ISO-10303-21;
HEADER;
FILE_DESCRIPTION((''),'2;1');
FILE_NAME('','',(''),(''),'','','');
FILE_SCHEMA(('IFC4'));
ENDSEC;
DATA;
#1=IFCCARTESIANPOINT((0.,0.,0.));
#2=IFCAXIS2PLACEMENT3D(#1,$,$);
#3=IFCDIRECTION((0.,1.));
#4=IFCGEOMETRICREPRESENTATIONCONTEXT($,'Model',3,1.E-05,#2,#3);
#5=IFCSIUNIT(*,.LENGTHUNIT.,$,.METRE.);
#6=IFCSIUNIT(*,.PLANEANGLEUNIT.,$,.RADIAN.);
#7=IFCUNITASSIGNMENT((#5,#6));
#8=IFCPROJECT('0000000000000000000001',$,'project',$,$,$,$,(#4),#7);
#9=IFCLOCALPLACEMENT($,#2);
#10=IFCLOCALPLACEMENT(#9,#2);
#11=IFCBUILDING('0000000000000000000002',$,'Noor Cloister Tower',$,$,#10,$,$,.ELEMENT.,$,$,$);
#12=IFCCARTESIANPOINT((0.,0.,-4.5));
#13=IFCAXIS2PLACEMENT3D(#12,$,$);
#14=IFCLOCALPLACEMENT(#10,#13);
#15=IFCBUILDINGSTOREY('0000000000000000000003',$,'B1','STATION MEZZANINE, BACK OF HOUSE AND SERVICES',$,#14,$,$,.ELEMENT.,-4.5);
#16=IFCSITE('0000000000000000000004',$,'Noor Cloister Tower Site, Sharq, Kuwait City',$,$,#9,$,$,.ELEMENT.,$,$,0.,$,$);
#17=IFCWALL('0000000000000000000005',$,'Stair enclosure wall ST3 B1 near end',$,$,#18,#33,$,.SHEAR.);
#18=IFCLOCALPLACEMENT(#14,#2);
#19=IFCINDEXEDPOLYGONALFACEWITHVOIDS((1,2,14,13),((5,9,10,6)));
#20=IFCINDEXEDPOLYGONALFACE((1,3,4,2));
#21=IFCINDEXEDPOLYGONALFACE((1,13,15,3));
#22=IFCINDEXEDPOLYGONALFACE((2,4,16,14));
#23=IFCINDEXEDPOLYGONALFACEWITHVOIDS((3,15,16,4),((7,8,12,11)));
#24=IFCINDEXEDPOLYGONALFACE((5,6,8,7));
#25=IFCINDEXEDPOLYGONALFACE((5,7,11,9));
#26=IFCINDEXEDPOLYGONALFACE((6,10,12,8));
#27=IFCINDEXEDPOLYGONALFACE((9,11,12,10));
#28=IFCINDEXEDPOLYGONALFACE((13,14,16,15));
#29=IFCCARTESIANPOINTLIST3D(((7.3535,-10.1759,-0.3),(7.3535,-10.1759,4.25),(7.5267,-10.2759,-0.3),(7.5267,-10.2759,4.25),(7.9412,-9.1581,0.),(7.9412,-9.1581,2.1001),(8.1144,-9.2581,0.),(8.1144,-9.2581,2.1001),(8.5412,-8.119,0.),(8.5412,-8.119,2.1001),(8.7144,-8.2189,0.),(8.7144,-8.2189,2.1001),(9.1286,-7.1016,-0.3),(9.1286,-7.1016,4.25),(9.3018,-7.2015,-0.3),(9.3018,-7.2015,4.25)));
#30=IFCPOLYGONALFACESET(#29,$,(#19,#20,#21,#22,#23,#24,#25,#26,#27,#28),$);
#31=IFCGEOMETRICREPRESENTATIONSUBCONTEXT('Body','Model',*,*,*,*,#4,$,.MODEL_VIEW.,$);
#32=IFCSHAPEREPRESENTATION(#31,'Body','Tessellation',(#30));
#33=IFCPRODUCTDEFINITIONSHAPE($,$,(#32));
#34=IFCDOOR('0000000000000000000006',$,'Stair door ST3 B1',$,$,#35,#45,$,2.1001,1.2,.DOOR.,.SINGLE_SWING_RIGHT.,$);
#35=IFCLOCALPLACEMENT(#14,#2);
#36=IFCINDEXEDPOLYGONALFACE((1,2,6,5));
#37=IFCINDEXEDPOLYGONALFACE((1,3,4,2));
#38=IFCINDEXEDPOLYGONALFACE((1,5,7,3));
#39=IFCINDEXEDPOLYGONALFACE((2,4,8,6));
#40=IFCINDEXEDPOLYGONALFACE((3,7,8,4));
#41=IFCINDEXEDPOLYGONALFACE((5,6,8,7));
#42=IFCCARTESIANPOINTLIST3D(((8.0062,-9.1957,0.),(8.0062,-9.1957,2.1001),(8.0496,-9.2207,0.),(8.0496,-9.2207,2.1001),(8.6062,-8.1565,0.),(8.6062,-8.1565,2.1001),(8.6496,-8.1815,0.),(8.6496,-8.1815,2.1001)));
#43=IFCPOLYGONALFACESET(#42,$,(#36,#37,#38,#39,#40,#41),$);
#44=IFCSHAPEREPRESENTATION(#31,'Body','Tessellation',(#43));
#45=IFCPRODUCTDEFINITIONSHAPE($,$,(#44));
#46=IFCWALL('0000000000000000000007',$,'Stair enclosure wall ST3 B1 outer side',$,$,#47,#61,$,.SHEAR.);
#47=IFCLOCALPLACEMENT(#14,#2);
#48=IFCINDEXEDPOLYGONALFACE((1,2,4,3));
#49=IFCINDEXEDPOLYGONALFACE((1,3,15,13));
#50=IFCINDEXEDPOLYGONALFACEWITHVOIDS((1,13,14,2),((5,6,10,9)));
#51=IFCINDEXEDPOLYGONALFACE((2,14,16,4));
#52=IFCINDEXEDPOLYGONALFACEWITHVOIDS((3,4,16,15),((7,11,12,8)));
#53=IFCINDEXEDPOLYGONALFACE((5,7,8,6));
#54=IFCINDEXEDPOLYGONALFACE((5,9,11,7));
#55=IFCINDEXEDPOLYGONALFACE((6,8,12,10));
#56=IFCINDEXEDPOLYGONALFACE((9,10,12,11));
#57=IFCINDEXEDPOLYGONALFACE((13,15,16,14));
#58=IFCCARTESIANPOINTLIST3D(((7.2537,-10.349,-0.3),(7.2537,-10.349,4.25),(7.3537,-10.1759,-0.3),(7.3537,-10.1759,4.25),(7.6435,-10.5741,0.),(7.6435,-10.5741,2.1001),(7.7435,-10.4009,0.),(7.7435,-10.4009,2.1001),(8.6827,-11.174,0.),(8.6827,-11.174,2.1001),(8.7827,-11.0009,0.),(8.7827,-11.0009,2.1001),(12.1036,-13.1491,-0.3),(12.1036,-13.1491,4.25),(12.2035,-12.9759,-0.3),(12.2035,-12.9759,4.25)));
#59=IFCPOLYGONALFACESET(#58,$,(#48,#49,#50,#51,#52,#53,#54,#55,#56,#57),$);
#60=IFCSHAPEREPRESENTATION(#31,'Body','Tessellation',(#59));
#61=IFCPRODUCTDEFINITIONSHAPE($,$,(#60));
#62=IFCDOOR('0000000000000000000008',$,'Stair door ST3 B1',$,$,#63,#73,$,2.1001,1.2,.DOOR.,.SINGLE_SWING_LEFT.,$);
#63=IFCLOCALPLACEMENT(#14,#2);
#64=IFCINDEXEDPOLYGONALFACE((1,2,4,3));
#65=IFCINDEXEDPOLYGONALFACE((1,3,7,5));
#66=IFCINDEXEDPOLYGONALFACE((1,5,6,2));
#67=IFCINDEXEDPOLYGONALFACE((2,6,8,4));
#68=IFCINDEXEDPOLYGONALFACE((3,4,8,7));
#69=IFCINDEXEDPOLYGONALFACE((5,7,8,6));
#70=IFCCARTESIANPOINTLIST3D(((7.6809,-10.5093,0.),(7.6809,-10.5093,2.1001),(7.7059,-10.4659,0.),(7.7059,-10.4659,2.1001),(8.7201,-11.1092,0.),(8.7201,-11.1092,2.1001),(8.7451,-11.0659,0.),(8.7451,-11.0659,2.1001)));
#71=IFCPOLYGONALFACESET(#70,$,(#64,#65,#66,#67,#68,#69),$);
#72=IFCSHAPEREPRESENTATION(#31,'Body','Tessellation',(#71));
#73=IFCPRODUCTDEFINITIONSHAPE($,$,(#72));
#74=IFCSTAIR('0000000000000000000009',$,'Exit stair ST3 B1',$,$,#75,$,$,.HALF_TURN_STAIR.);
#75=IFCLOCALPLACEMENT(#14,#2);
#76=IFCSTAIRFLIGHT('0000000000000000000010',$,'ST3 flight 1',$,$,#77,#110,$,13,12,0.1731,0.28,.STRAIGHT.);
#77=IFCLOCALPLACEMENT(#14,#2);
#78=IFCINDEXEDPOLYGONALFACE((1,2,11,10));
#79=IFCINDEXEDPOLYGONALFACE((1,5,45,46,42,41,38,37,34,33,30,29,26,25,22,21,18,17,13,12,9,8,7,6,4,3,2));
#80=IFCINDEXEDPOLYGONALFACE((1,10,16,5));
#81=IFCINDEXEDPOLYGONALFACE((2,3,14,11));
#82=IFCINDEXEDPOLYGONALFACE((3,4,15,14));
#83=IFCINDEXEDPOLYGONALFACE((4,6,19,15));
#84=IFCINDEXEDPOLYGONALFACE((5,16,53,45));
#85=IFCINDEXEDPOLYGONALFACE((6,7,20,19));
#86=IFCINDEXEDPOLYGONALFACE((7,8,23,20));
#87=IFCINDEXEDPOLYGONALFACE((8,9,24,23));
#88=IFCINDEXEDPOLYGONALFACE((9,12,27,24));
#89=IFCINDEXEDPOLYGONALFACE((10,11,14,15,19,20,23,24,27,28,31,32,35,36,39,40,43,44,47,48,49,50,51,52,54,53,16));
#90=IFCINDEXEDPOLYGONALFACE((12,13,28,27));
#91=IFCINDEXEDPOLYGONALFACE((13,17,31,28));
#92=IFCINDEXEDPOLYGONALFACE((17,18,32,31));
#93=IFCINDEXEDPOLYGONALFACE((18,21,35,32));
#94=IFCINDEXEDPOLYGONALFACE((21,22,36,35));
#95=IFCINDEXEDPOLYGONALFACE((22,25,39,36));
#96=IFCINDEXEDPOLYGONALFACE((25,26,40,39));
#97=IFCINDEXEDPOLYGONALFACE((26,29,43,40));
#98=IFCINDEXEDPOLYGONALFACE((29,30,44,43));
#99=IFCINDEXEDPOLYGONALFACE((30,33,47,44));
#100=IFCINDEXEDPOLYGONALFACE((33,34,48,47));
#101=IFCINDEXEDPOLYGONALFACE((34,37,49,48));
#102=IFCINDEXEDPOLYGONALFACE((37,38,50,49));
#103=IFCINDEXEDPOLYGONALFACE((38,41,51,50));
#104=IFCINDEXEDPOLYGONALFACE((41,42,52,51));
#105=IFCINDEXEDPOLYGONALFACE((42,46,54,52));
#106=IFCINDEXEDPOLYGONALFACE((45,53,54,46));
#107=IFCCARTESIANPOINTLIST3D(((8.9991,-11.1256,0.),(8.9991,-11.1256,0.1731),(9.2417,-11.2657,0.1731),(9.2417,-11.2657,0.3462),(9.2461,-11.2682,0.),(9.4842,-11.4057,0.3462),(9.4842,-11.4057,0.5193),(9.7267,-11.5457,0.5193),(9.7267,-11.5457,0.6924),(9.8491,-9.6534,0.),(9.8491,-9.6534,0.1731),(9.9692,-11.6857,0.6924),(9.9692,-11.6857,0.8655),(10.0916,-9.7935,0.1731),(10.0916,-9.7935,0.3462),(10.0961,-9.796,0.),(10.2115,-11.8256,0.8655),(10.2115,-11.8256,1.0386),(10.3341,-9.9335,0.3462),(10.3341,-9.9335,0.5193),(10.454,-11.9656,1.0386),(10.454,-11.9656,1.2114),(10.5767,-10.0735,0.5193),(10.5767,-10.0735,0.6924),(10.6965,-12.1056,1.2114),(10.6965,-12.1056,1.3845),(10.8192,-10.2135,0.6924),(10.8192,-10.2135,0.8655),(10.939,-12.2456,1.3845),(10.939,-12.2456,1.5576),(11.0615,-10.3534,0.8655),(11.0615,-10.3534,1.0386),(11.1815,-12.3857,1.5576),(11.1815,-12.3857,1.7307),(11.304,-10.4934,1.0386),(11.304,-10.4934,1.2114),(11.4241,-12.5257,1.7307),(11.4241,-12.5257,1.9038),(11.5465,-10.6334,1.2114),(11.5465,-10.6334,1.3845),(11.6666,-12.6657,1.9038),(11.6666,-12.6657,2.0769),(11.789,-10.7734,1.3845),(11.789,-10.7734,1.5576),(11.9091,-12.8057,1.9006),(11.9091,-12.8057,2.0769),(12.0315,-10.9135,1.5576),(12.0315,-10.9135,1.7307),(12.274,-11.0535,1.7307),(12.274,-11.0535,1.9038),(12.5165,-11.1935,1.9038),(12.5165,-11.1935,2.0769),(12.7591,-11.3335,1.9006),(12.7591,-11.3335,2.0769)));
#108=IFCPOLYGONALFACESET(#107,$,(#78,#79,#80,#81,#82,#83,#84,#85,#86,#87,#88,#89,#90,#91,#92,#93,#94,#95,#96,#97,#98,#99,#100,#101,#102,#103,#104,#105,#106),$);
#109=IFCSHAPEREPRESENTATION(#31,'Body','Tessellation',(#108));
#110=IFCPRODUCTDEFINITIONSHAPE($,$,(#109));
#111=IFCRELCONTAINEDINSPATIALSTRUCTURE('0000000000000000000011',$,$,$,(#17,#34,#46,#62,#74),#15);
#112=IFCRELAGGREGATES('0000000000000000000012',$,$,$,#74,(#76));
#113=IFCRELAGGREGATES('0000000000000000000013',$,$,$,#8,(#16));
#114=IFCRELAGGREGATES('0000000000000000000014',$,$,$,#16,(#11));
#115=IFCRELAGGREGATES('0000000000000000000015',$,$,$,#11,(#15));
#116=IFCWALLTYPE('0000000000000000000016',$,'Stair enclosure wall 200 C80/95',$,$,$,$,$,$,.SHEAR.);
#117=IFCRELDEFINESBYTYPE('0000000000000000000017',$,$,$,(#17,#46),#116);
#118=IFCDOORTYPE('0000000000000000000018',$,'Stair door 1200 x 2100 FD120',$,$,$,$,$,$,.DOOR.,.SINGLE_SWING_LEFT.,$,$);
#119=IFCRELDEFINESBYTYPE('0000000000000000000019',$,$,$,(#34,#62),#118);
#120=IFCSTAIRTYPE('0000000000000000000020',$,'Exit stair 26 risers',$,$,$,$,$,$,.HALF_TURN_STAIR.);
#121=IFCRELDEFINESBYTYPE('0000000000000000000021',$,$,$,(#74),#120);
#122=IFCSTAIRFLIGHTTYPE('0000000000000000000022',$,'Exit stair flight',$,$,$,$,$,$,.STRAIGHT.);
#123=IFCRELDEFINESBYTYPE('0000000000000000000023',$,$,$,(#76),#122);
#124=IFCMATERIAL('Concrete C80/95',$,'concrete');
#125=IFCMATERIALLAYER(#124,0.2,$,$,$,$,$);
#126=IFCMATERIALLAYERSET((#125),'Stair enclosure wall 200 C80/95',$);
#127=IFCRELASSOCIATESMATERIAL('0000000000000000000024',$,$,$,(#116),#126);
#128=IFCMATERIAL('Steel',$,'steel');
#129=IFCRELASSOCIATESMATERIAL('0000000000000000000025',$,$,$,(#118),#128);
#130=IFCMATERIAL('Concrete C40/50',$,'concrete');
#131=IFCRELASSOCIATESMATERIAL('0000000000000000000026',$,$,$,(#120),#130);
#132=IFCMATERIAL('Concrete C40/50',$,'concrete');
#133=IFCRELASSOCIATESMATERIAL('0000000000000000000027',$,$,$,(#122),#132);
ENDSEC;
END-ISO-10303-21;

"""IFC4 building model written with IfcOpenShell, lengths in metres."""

from ifc_helpers import new_model, si_unit, direction, frame, frame_2d, origin, place, context, subcontext, project, spatial, polyline, rectangle, outline, extrude, material, layer, layer_set, type_object, element, fill, aggregate, save


model = new_model("IFC4")

# Units and contexts
model_context = context("Model", 3, precision=1e-05, world=origin(), true_north=direction((0.0, 1.0)))
body_context = subcontext(model_context, "Body", "Model", "MODEL_VIEW")
ifc_project = project(units=[si_unit("LENGTHUNIT", "METRE"), si_unit("PLANEANGLEUNIT", "RADIAN")], contexts=[model_context])

# Site, building, storey
site_placement = place(None, origin())
site = spatial("IfcSite", under=ifc_project, at=site_placement, Name="Noor Cloister Tower Site, Sharq, Kuwait City", CompositionType="ELEMENT", RefElevation=0.0)
building_placement = place(site_placement, origin())
building = spatial("IfcBuilding", under=site, at=building_placement, Name="Noor Cloister Tower", CompositionType="ELEMENT")
storey_placement = place(building_placement, frame((0.0, 0.0, -4.5)))
storey = spatial("IfcBuildingStorey", under=building, at=storey_placement, Name="B1", Description="STATION MEZZANINE, BACK OF HOUSE AND SERVICES", CompositionType="ELEMENT", Elevation=-4.5)

# Walls, openings, doors
ifc_material_1 = material(Name="Concrete C80/95", Category="concrete")
ifc_layer_1 = layer(ifc_material_1, 0.2)
ifc_layer_set_1 = layer_set([ifc_layer_1], Name="Stair enclosure wall 200 C80/95")
wall_type_1 = type_object("IfcWallType", Name="Stair enclosure wall 200 C80/95", PredefinedType="SHEAR", material=ifc_layer_set_1)
wall_1_placement = place(storey_placement, frame((7.4402, -10.2258, -0.3), z_axis=(0.0, 0.0, 1.0), x_axis=(0.500022, 0.866013, 0.0)))
wall_1 = element("IfcWall", 1, at=wall_1_placement, inside=storey, type_object=wall_type_1, Name="Stair enclosure wall ST3 B1 near end", PredefinedType="SHEAR", context=body_context, shape_type="SweptSolid", body=[
    extrude(rectangle(XDim=3.55, YDim=0.2, at=frame_2d((1.7749, 0.0))), origin(), (0.0, 0.0, 1.0), 4.55),
])
opening_1_placement = place(wall_1_placement, frame((1.175, 0.0, 0.3)))
opening_1 = element("IfcOpeningElement", 2, at=opening_1_placement, cuts=wall_1, PredefinedType="OPENING", context=body_context, shape_type="SweptSolid", body=[
    extrude(rectangle(XDim=1.2, YDim=2.1001, at=frame_2d((0.6001, 1.05))), frame((0.0, 0.1099, 0.0), z_axis=(0.0, -1.0, 0.0), x_axis=(1.0, 0.0, 0.0)), (0.0, 0.0, 1.0), 0.22),
])
ifc_material_2 = material(Name="Steel", Category="steel")
door_type_1 = type_object("IfcDoorType", Name="Stair door 1200 x 2100 FD120", OperationType="SINGLE_SWING_LEFT", PredefinedType="DOOR", material=ifc_material_2)
door_1_placement = place(opening_1_placement, origin())
door_1 = element("IfcDoor", 3, at=door_1_placement, inside=storey, type_object=door_type_1, Name="Stair door ST3 B1", OperationType="SINGLE_SWING_RIGHT", OverallHeight=2.1001, OverallWidth=1.2, PredefinedType="DOOR", context=body_context, shape_type="SweptSolid", body=[
    extrude(rectangle(XDim=1.2, YDim=2.1001, at=frame_2d((0.6001, 1.05))), frame((0.0, 0.0249, 0.0), z_axis=(0.0, -1.0, 0.0), x_axis=(1.0, 0.0, 0.0)), (0.0, 0.0, 1.0), 0.05),
])
fill(opening_1, door_1)
wall_2_placement = place(storey_placement, frame((7.3037, -10.2625, -0.3), z_axis=(0.0, 0.0, 1.0), x_axis=(0.866027, -0.499998, 0.0)))
wall_2 = element("IfcWall", 4, at=wall_2_placement, inside=storey, type_object=wall_type_1, Name="Stair enclosure wall ST3 B1 outer side", PredefinedType="SHEAR", context=body_context, shape_type="SweptSolid", body=[
    extrude(rectangle(XDim=5.6001, YDim=0.2, at=frame_2d((2.8, 0.0))), origin(), (0.0, 0.0, 1.0), 4.55),
])
opening_2_placement = place(wall_2_placement, frame((0.45, 0.0, 0.3)))
opening_2 = element("IfcOpeningElement", 5, at=opening_2_placement, cuts=wall_2, PredefinedType="OPENING", context=body_context, shape_type="SweptSolid", body=[
    extrude(rectangle(XDim=1.2, YDim=2.1001, at=frame_2d((0.6001, 1.05))), frame((0.0, 0.1099, 0.0), z_axis=(0.0, -1.0, 0.0), x_axis=(1.0, 0.0, 0.0)), (0.0, 0.0, 1.0), 0.22),
])
door_2_placement = place(opening_2_placement, origin())
door_2 = element("IfcDoor", 6, at=door_2_placement, inside=storey, type_object=door_type_1, Name="Stair door ST3 B1", OperationType="SINGLE_SWING_LEFT", OverallHeight=2.1001, OverallWidth=1.2, PredefinedType="DOOR", context=body_context, shape_type="SweptSolid", body=[
    extrude(rectangle(XDim=1.2, YDim=2.1001, at=frame_2d((0.6001, 1.05))), frame((0.0, 0.0249, 0.0), z_axis=(0.0, -1.0, 0.0), x_axis=(1.0, 0.0, 0.0)), (0.0, 0.0, 1.0), 0.05),
])
fill(opening_2, door_2)

# Stair, stair flight
ifc_material_3 = material(Name="Concrete C40/50", Category="concrete")
stair_type = type_object("IfcStairType", Name="Exit stair 26 risers", PredefinedType="HALF_TURN_STAIR", material=ifc_material_3)
stair_placement = place(storey_placement, origin())
stair = element("IfcStair", 7, at=stair_placement, inside=storey, type_object=stair_type, Name="Exit stair ST3 B1", PredefinedType="HALF_TURN_STAIR")
ifc_material_4 = material(Name="Concrete C40/50", Category="concrete")
stair_flight_type = type_object("IfcStairFlightType", Name="Exit stair flight", PredefinedType="STRAIGHT", material=ifc_material_4)
stair_flight_placement = place(storey_placement, frame((9.4241, -10.3896, 0.0), z_axis=(0.0, 0.0, 1.0), x_axis=(0.866025, -0.5, 0.0)))
stair_flight = element("IfcStairFlight", 8, at=stair_flight_placement, type_object=stair_flight_type, Name="ST3 flight 1", NumberOfRisers=13, NumberOfTreads=12, PredefinedType="STRAIGHT", RiserHeight=0.1731, TreadLength=0.28, context=body_context, shape_type="SweptSolid", body=[
    extrude(outline(polyline([(0.0, 0.0), (0.0, 0.1731), (0.28, 0.1731), (0.28, 0.3462), (0.5601, 0.3462), (0.5601, 0.5193), (0.8401, 0.5193), (0.8401, 0.6924), (1.1201, 0.6924), (1.1201, 0.8655), (1.3999, 0.8655), (1.3999, 1.0386), (1.6799, 1.0386), (1.6799, 1.2114), (1.96, 1.2114), (1.96, 1.3845), (2.24, 1.3845), (2.24, 1.5576), (2.52, 1.5576), (2.52, 1.7307), (2.8, 1.7307), (2.8, 1.9038), (3.0801, 1.9038), (3.0801, 2.0769), (3.3601, 2.0769), (3.3601, 2.25), (3.3601, 1.9006), (0.2852, 0.0), (0.0, 0.0)])), frame((0.0, 0.8501, 0.0), z_axis=(0.0, -1.0, 0.0), x_axis=(1.0, 0.0, 0.0)), (0.0, 0.0, 1.0), 1.7),
])
aggregate(stair, [stair_flight])

save(model, "model.ifc")
